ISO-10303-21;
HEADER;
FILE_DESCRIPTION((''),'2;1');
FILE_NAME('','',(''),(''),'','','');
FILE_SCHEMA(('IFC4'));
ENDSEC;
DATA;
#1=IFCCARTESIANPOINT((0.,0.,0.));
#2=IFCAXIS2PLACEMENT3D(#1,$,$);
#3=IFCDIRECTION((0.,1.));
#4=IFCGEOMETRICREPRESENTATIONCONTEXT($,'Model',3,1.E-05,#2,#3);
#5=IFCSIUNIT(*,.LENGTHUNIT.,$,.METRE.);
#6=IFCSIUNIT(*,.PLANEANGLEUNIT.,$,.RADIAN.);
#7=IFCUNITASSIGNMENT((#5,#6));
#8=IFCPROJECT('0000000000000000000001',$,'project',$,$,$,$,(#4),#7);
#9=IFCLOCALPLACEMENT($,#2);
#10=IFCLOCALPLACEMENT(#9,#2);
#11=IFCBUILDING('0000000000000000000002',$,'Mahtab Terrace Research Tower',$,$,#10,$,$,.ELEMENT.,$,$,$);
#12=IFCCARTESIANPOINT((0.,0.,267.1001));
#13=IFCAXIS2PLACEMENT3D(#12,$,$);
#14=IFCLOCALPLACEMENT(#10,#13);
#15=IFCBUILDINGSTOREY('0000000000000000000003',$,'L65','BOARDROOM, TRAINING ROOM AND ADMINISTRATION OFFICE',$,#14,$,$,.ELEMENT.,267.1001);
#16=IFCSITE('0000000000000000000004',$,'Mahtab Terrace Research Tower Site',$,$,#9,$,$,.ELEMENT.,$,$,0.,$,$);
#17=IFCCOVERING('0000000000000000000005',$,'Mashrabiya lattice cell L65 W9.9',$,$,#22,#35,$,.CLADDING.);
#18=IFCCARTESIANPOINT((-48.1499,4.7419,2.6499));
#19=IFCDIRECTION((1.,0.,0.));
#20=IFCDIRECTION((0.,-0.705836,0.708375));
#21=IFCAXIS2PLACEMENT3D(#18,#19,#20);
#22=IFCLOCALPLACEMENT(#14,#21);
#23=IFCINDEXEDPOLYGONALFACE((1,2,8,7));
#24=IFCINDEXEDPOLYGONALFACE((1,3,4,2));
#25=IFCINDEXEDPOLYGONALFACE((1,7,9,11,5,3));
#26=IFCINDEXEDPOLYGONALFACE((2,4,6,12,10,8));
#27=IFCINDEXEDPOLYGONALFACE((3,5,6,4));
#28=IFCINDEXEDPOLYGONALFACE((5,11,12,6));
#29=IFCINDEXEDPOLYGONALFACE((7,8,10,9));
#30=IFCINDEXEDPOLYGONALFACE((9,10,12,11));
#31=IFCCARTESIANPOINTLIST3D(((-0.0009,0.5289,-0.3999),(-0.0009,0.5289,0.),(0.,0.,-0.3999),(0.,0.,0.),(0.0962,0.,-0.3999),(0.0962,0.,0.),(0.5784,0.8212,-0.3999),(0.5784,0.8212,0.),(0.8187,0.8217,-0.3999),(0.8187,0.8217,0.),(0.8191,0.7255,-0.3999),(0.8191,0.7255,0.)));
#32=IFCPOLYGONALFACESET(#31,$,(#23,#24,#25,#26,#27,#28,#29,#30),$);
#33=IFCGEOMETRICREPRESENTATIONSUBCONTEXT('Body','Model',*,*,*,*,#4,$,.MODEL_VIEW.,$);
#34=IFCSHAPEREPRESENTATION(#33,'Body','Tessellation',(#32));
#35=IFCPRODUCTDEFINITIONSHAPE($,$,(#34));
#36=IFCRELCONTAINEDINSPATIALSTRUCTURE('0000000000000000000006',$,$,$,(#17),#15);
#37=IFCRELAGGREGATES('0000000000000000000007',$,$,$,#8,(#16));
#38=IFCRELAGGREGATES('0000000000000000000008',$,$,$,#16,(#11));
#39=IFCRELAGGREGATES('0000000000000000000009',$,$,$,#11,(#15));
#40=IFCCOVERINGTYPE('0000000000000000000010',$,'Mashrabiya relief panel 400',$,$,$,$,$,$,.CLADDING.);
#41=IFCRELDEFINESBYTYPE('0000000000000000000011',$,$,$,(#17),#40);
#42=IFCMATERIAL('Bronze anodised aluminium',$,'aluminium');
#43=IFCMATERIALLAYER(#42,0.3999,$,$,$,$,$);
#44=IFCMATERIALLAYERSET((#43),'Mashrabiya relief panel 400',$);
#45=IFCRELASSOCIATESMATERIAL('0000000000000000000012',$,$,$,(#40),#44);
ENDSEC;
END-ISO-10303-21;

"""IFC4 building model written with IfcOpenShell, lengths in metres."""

from ifc_helpers import new_model, si_unit, direction, frame, origin, place, context, subcontext, project, spatial, polyline, outline, extrude, material, layer, layer_set, type_object, element, save


model = new_model("IFC4")

# Units and contexts
model_context = context("Model", 3, precision=1e-05, world=origin(), true_north=direction((0.0, 1.0)))
body_context = subcontext(model_context, "Body", "Model", "MODEL_VIEW")
ifc_project = project(units=[si_unit("LENGTHUNIT", "METRE"), si_unit("PLANEANGLEUNIT", "RADIAN")], contexts=[model_context])

# Site, building, storey
site_placement = place(None, origin())
site = spatial("IfcSite", under=ifc_project, at=site_placement, Name="Mahtab Terrace Research Tower Site", CompositionType="ELEMENT", RefElevation=0.0)
building_placement = place(site_placement, origin())
building = spatial("IfcBuilding", under=site, at=building_placement, Name="Mahtab Terrace Research Tower", CompositionType="ELEMENT")
storey_placement = place(building_placement, frame((0.0, 0.0, 267.1001)))
storey = spatial("IfcBuildingStorey", under=building, at=storey_placement, Name="L65", Description="BOARDROOM, TRAINING ROOM AND ADMINISTRATION OFFICE", CompositionType="ELEMENT", Elevation=267.1001)

# Covering
ifc_material_1 = material(Name="Bronze anodised aluminium", Category="aluminium")
ifc_layer_1 = layer(ifc_material_1, 0.3999)
ifc_layer_set_1 = layer_set([ifc_layer_1], Name="Mashrabiya relief panel 400")
covering_type = type_object("IfcCoveringType", Name="Mashrabiya relief panel 400", PredefinedType="CLADDING", material=ifc_layer_set_1)
covering_1_placement = place(storey_placement, frame((-48.1499, 4.7419, 2.6499), z_axis=(1.0, 0.0, 0.0), x_axis=(0.0, -0.705836, 0.708375)))
element("IfcCovering", 1, at=covering_1_placement, inside=storey, type_object=covering_type, Name="Mashrabiya lattice cell L65 W9.9", PredefinedType="CLADDING", context=body_context, shape_type="SweptSolid", body=[
    extrude(outline(polyline([(0.0, 0.0), (0.0962, 0.0), (0.8191, 0.7255), (0.8187, 0.8217), (0.5784, 0.8212), (-0.0009, 0.5289), (0.0, 0.0)])), origin(), (0.0, 0.0, -1.0), 0.3999),
])

save(model, "model.ifc")
